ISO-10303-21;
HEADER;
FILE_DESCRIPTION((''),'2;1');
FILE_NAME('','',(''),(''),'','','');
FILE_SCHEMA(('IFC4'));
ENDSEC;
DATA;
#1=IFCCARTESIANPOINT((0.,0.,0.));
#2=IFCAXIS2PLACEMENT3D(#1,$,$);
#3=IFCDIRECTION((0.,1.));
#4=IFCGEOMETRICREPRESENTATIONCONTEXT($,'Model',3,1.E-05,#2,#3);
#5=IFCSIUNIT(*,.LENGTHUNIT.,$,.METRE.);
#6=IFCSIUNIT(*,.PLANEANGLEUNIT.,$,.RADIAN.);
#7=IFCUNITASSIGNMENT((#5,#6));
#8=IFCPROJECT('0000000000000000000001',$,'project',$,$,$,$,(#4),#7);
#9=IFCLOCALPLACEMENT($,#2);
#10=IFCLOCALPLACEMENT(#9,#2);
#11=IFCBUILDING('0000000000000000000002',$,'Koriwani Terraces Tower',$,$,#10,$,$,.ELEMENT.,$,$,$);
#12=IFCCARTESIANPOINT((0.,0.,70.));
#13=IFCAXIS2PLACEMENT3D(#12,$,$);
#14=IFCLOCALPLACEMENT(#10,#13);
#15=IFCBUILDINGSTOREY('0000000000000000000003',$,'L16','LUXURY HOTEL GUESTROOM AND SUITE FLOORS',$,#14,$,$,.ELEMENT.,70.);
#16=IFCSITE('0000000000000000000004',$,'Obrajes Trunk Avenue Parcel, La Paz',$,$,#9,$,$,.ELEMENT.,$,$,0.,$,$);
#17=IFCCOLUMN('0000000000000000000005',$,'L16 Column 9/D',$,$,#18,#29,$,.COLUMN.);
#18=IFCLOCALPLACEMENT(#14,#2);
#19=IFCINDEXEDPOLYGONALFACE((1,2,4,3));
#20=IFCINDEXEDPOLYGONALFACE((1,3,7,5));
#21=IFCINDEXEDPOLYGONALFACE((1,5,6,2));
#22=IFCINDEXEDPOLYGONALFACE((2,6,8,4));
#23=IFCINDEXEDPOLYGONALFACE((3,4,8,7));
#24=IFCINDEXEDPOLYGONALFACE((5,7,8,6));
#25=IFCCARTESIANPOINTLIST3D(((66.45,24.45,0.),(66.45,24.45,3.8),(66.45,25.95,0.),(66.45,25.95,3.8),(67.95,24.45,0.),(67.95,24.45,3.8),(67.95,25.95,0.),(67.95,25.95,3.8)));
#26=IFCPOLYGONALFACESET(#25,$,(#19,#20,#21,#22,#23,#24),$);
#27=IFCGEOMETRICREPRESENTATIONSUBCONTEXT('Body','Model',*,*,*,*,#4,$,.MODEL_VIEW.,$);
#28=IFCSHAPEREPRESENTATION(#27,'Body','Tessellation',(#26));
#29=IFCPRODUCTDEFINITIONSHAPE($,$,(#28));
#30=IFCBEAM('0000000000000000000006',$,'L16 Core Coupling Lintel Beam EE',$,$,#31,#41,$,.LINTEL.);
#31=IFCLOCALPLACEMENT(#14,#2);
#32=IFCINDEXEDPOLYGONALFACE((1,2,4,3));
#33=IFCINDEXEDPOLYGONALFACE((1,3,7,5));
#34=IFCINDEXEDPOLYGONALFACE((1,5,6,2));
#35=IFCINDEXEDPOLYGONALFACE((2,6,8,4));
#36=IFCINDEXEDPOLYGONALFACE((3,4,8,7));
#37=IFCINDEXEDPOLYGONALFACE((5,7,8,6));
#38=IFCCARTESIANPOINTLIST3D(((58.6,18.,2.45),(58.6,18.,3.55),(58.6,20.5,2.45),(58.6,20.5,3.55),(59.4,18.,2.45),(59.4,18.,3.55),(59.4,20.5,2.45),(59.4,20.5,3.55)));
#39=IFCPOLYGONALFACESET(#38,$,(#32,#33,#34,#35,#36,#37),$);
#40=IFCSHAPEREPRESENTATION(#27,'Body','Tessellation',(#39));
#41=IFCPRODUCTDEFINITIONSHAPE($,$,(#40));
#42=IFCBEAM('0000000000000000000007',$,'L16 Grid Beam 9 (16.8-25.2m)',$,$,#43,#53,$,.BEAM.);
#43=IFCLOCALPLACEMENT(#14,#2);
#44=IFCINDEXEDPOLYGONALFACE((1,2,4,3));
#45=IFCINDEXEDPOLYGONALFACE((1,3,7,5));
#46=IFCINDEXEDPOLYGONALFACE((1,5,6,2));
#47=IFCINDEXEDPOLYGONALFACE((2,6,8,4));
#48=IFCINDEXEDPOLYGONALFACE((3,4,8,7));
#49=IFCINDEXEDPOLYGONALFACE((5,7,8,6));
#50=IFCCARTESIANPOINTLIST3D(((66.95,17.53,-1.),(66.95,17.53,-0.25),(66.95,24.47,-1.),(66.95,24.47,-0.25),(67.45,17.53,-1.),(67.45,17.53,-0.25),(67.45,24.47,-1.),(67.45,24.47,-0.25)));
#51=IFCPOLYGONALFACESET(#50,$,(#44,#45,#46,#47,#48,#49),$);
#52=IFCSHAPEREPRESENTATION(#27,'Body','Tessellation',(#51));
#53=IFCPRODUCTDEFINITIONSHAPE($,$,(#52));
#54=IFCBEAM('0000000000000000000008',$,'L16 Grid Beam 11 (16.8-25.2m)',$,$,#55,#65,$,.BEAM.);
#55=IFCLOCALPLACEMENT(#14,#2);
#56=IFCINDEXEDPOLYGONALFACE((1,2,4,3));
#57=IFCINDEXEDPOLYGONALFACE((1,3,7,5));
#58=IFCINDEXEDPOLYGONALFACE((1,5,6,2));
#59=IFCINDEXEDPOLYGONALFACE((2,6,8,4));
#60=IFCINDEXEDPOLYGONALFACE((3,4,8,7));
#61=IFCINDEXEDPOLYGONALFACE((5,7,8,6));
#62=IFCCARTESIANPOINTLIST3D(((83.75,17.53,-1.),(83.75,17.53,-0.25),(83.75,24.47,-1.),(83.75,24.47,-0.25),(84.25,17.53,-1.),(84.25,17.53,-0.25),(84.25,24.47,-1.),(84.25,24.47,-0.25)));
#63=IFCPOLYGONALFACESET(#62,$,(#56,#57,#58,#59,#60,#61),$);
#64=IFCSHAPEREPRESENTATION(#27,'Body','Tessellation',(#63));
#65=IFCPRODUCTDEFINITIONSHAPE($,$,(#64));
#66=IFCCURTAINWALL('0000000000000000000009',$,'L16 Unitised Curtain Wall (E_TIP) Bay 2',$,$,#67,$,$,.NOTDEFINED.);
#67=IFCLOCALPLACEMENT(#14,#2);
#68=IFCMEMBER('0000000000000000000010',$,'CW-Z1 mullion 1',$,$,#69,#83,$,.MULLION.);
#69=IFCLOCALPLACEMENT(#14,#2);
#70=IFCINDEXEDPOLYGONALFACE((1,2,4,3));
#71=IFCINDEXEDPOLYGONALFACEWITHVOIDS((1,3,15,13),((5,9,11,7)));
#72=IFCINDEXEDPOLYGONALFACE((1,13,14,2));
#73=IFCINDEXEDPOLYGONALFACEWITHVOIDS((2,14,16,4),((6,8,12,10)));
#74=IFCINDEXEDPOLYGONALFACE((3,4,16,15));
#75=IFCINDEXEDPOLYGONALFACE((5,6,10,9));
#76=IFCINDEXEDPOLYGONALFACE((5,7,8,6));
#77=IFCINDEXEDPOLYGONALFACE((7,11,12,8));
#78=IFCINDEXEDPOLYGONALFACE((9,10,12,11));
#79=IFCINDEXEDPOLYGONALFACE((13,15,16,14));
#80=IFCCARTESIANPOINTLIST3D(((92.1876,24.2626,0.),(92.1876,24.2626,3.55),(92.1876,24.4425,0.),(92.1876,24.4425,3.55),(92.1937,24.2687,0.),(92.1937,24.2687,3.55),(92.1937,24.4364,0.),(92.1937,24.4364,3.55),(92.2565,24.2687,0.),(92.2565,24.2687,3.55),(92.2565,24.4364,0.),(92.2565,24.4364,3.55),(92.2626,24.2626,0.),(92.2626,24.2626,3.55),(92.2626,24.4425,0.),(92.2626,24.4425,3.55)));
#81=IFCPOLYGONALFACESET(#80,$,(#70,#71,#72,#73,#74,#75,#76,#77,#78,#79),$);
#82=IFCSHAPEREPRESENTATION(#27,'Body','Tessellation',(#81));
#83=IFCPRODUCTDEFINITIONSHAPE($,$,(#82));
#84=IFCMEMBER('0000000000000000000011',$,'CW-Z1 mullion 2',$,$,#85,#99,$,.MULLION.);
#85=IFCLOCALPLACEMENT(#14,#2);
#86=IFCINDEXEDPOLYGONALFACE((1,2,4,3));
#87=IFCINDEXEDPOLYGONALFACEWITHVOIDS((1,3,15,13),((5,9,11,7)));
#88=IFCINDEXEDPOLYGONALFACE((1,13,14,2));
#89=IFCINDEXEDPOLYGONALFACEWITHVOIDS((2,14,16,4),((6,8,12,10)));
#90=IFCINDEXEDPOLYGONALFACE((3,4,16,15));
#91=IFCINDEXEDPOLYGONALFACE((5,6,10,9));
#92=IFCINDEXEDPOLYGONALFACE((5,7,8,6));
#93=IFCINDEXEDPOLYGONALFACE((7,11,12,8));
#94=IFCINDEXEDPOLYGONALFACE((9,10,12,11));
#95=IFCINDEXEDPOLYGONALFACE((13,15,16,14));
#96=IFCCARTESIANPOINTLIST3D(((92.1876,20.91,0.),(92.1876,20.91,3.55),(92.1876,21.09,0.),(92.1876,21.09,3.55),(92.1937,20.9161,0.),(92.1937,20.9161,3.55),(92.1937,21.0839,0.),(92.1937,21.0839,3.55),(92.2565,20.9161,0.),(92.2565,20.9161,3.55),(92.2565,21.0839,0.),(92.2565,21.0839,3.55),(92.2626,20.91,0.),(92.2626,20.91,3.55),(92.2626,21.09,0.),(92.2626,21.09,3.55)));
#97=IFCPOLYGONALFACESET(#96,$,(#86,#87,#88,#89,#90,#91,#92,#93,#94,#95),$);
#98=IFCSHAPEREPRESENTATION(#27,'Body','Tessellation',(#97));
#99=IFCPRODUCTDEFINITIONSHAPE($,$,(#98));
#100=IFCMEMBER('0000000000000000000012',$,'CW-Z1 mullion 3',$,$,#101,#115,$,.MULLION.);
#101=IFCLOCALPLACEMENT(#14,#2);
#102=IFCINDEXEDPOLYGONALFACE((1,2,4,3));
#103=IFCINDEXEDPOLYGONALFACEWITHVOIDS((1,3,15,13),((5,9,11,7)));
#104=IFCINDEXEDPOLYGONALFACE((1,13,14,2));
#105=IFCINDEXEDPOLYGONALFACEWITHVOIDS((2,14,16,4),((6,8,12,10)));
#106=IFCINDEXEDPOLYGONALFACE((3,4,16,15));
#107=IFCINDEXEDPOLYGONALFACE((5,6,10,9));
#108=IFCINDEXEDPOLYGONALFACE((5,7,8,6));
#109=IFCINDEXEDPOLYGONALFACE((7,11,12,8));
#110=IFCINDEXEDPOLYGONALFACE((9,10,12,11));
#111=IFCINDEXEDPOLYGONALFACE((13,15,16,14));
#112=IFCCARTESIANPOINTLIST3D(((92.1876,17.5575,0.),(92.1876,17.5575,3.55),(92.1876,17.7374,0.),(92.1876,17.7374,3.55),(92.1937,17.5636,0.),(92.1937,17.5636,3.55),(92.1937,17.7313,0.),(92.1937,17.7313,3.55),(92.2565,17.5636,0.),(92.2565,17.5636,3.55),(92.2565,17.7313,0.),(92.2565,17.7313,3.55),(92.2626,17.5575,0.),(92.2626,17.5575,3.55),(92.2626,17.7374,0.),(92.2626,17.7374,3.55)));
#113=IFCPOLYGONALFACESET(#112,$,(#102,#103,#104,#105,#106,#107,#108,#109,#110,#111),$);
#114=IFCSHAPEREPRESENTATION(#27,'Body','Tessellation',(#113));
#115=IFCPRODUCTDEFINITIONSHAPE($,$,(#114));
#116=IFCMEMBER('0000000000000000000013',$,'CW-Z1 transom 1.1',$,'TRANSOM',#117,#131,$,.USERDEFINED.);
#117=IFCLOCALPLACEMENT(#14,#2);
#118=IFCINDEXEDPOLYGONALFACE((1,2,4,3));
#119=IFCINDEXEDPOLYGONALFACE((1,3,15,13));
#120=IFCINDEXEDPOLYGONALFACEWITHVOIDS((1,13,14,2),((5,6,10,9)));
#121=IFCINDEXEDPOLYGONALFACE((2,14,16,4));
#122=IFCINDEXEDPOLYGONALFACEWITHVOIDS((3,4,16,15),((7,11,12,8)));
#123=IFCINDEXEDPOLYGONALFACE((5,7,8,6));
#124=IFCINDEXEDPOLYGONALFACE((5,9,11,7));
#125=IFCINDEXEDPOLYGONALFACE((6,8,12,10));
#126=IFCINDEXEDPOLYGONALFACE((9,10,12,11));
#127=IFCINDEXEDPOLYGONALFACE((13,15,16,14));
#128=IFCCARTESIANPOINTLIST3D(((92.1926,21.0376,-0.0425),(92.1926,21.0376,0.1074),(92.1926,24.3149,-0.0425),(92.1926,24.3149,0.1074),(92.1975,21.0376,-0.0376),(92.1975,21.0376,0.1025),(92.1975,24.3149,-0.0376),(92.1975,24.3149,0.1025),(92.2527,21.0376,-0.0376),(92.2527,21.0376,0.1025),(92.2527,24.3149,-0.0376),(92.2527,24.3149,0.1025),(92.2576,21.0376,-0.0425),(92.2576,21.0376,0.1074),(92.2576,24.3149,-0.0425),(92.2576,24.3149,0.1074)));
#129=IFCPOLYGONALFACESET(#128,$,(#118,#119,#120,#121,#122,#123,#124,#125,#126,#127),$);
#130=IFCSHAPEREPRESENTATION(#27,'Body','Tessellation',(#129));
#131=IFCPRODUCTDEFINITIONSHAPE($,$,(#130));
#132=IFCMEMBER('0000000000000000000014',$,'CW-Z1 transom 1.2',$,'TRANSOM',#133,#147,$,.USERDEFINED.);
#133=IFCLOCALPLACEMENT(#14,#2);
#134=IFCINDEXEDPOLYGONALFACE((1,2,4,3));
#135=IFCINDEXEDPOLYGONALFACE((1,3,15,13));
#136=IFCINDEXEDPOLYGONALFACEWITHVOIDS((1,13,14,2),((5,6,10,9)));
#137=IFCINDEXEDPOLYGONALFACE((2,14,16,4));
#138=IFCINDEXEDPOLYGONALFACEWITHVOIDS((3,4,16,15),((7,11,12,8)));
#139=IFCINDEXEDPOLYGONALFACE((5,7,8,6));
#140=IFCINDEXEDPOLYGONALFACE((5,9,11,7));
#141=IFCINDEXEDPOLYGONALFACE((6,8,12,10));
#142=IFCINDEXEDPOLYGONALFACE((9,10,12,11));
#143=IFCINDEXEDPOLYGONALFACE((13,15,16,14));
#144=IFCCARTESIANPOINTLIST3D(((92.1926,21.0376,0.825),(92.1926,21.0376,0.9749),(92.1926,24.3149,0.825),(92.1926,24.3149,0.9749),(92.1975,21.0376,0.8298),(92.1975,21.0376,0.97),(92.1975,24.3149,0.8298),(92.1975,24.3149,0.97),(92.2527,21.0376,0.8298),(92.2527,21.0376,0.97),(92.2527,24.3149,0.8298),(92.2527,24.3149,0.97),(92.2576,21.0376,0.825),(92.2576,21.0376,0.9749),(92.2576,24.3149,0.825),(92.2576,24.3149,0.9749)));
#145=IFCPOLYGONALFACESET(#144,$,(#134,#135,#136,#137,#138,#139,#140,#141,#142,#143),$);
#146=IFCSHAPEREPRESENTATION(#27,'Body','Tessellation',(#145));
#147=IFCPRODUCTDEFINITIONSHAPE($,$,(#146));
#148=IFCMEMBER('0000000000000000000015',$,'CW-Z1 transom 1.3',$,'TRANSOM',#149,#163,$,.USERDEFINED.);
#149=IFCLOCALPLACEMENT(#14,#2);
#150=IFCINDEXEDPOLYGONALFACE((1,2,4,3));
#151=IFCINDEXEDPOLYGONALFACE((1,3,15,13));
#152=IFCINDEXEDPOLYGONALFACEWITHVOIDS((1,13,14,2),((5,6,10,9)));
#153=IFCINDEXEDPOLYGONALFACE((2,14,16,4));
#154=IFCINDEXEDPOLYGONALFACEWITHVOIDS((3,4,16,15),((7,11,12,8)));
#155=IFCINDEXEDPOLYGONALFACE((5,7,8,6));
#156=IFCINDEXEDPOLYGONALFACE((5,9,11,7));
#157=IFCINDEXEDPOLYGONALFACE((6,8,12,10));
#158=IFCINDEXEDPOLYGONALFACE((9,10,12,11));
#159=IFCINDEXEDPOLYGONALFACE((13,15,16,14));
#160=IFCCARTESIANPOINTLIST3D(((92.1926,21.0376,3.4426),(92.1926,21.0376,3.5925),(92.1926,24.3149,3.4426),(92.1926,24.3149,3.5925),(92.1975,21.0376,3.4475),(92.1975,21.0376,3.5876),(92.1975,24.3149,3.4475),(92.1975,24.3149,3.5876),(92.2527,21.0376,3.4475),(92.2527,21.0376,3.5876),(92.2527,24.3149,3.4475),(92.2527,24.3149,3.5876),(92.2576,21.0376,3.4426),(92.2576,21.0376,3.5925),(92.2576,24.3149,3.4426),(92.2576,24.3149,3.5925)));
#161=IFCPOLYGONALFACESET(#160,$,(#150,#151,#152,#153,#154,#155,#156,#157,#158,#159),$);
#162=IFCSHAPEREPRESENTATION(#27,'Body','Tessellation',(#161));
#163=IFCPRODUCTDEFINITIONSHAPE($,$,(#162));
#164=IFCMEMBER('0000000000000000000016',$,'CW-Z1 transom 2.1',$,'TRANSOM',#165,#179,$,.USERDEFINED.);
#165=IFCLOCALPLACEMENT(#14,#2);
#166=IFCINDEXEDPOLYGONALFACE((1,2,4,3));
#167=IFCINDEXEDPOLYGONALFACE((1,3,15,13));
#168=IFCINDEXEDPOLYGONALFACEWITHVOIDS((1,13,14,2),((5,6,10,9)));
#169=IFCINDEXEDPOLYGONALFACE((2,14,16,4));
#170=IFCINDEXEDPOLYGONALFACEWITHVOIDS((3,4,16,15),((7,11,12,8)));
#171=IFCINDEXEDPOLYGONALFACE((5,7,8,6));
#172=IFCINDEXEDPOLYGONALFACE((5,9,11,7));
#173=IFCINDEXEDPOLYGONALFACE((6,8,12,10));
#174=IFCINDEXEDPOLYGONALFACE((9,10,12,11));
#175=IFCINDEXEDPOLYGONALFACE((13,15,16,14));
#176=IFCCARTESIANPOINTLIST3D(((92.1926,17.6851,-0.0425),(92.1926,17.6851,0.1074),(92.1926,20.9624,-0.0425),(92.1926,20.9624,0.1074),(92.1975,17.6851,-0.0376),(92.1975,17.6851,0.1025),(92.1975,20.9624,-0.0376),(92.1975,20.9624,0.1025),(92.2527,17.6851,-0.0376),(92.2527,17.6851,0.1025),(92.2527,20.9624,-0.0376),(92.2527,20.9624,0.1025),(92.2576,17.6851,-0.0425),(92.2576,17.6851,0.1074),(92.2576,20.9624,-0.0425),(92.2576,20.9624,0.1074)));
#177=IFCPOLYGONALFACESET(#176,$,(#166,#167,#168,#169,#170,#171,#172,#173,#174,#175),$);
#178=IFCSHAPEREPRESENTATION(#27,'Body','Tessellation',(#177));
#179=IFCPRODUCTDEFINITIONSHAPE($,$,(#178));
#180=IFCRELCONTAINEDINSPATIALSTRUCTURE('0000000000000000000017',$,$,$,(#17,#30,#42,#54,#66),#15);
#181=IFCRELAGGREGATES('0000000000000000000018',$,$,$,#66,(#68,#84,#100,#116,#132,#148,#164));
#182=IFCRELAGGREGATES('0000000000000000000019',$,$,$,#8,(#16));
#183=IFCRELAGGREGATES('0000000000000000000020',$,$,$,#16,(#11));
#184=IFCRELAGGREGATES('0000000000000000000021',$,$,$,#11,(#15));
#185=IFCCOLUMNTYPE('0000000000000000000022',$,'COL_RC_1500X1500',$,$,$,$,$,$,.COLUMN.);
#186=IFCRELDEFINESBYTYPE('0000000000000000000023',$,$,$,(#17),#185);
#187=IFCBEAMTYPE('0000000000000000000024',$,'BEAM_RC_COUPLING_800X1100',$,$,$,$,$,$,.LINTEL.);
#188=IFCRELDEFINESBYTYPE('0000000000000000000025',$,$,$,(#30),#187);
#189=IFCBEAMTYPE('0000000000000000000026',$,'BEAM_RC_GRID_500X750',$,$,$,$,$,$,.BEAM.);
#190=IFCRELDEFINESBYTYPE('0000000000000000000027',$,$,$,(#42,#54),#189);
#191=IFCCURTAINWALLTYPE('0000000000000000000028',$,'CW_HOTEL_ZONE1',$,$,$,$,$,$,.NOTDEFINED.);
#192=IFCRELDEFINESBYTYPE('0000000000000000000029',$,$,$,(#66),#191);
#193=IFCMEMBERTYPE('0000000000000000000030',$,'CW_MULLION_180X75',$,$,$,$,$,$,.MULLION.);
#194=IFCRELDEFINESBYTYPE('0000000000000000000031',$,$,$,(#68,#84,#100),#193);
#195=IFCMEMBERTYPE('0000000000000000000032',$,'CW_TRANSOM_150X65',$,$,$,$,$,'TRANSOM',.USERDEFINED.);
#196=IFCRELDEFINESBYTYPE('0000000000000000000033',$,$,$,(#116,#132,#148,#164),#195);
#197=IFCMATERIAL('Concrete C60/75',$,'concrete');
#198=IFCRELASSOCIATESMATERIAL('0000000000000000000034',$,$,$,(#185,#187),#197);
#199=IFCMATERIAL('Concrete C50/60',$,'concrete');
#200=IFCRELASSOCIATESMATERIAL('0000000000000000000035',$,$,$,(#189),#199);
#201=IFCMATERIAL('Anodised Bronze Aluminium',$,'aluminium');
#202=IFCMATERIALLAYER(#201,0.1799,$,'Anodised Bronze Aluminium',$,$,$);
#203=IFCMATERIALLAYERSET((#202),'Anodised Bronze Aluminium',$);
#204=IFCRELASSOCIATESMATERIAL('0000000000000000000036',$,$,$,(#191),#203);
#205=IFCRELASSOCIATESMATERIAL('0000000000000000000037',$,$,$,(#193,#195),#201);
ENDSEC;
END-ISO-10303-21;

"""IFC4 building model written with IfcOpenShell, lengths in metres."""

from ifc_helpers import new_model, si_unit, direction, frame, origin, origin_2d, place, context, subcontext, project, spatial, rectangle, hollow_rectangle, extrude, material, layer, layer_set, material_profile, profile_set, type_object, element, aggregate, save


model = new_model("IFC4")

# Units and contexts
model_context = context("Model", 3, precision=1e-05, world=origin(), true_north=direction((0.0, 1.0)))
body_context = subcontext(model_context, "Body", "Model", "MODEL_VIEW")
ifc_project = project(units=[si_unit("LENGTHUNIT", "METRE"), si_unit("PLANEANGLEUNIT", "RADIAN")], contexts=[model_context])

# Site, building, storey
site_placement = place(None, origin())
site = spatial("IfcSite", under=ifc_project, at=site_placement, Name="Obrajes Trunk Avenue Parcel, La Paz", CompositionType="ELEMENT", RefElevation=0.0)
building_placement = place(site_placement, origin())
building = spatial("IfcBuilding", under=site, at=building_placement, Name="Koriwani Terraces Tower", CompositionType="ELEMENT")
storey_placement = place(building_placement, frame((0.0, 0.0, 70.0)))
storey = spatial("IfcBuildingStorey", under=building, at=storey_placement, Name="L16", Description="LUXURY HOTEL GUESTROOM AND SUITE FLOORS", CompositionType="ELEMENT", Elevation=70.0)

# Column
ifc_material_1 = material(Name="Concrete C60/75", Category="concrete")
ifc_material_profile_1 = material_profile(ifc_material_1, rectangle(XDim=1.5, YDim=1.5, at=origin_2d()), Name="Concrete C60/75", Category="LoadBearing")
ifc_profile_set_1 = profile_set([ifc_material_profile_1], Name="Concrete C60/75")
column_type = type_object("IfcColumnType", Name="COL_RC_1500X1500", PredefinedType="COLUMN", material=ifc_profile_set_1)
column_placement = place(storey_placement, frame((67.2, 25.2, 0.0), z_axis=(0.0, 0.0, 1.0), x_axis=(1.0, 0.0, 0.0)))
element("IfcColumn", 1, at=column_placement, inside=storey, type_object=column_type, Name="L16 Column 9/D", PredefinedType="COLUMN", context=body_context, shape_type="SweptSolid", body=[
    extrude(rectangle(XDim=1.5, YDim=1.5, at=origin_2d()), origin(), (0.0, 0.0, 1.0), 3.8),
])

# Beams
ifc_material_profile_2 = material_profile(ifc_material_1, rectangle(XDim=0.8, YDim=1.1001, at=origin_2d()), Name="Concrete C60/75", Category="LoadBearing")
ifc_profile_set_2 = profile_set([ifc_material_profile_2], Name="Concrete C60/75")
beam_type_1 = type_object("IfcBeamType", Name="BEAM_RC_COUPLING_800X1100", PredefinedType="LINTEL", material=ifc_profile_set_2)
beam_1_placement = place(storey_placement, frame((59.0, 18.0, 3.0), z_axis=(0.0, 1.0, 0.0), x_axis=(-1.0, 0.0, 0.0)))
element("IfcBeam", 2, at=beam_1_placement, inside=storey, type_object=beam_type_1, Name="L16 Core Coupling Lintel Beam EE", PredefinedType="LINTEL", context=body_context, shape_type="SweptSolid", body=[
    extrude(rectangle(XDim=0.8, YDim=1.1001, at=origin_2d()), origin(), (0.0, 0.0, 1.0), 2.5),
])
ifc_material_2 = material(Name="Concrete C50/60", Category="concrete")
ifc_material_profile_3 = material_profile(ifc_material_2, rectangle(XDim=0.5, YDim=0.75, at=origin_2d()), Name="Concrete C50/60", Category="LoadBearing")
ifc_profile_set_3 = profile_set([ifc_material_profile_3], Name="Concrete C50/60")
beam_type_2 = type_object("IfcBeamType", Name="BEAM_RC_GRID_500X750", PredefinedType="BEAM", material=ifc_profile_set_3)
for number, where, z_axis, x_axis, name in (
    (3, (67.2, 17.53, -0.625), (0.0, 1.0, 0.0), (-1.0, 0.0, 0.0), "L16 Grid Beam 9 (16.8-25.2m)"),
    (4, (84.0, 17.53, -0.625), (0.0, 1.0, 0.0), (-1.0, 0.0, 0.0), "L16 Grid Beam 11 (16.8-25.2m)"),
):
    element("IfcBeam", number, at=place(storey_placement, frame(where, z_axis=z_axis, x_axis=x_axis)), inside=storey, type_object=beam_type_2, Name=name, PredefinedType="BEAM", context=body_context, shape_type="SweptSolid", body=[
        extrude(rectangle(XDim=0.5, YDim=0.75, at=origin_2d()), origin(), (0.0, 0.0, 1.0), 6.9399),
    ])

# Curtain wall, members
ifc_material_3 = material(Name="Anodised Bronze Aluminium", Category="aluminium")
ifc_layer_1 = layer(ifc_material_3, 0.1799, Name="Anodised Bronze Aluminium")
ifc_layer_set_1 = layer_set([ifc_layer_1], Name="Anodised Bronze Aluminium")
curtain_wall_type = type_object("IfcCurtainWallType", Name="CW_HOTEL_ZONE1", PredefinedType="NOTDEFINED", material=ifc_layer_set_1)
curtain_wall_placement = place(storey_placement, origin())
curtain_wall = element("IfcCurtainWall", 5, at=curtain_wall_placement, inside=storey, type_object=curtain_wall_type, Name="L16 Unitised Curtain Wall (E_TIP) Bay 2", PredefinedType="NOTDEFINED")
ifc_material_profile_4 = material_profile(ifc_material_3, hollow_rectangle(XDim=0.075, YDim=0.1799, WallThickness=0.0061, at=origin_2d()), Name="Anodised Bronze Aluminium", Category="LoadBearing")
ifc_profile_set_4 = profile_set([ifc_material_profile_4], Name="Anodised Bronze Aluminium")
member_type_1 = type_object("IfcMemberType", Name="CW_MULLION_180X75", PredefinedType="MULLION", material=ifc_profile_set_4)
member_1_placement = place(storey_placement, frame((92.2251, 24.3525, 0.0), z_axis=(0.0, 0.0, 1.0), x_axis=(1.0, 0.0, 0.0)))
member_1 = element("IfcMember", 6, at=member_1_placement, type_object=member_type_1, Name="CW-Z1 mullion 1", PredefinedType="MULLION", context=body_context, shape_type="SweptSolid", body=[
    extrude(hollow_rectangle(XDim=0.075, YDim=0.1799, WallThickness=0.0061, at=origin_2d()), origin(), (0.0, 0.0, 1.0), 3.55),
])
member_2_placement = place(storey_placement, frame((92.2251, 21.0, 0.0), z_axis=(0.0, 0.0, 1.0), x_axis=(1.0, 0.0, 0.0)))
member_2 = element("IfcMember", 7, at=member_2_placement, type_object=member_type_1, Name="CW-Z1 mullion 2", PredefinedType="MULLION", context=body_context, shape_type="SweptSolid", body=[
    extrude(hollow_rectangle(XDim=0.075, YDim=0.1799, WallThickness=0.0061, at=origin_2d()), origin(), (0.0, 0.0, 1.0), 3.55),
])
member_3_placement = place(storey_placement, frame((92.2251, 17.6475, 0.0), z_axis=(0.0, 0.0, 1.0), x_axis=(1.0, 0.0, 0.0)))
member_3 = element("IfcMember", 8, at=member_3_placement, type_object=member_type_1, Name="CW-Z1 mullion 3", PredefinedType="MULLION", context=body_context, shape_type="SweptSolid", body=[
    extrude(hollow_rectangle(XDim=0.075, YDim=0.1799, WallThickness=0.0061, at=origin_2d()), origin(), (0.0, 0.0, 1.0), 3.55),
])
ifc_material_profile_5 = material_profile(ifc_material_3, hollow_rectangle(XDim=0.0649, YDim=0.1499, WallThickness=0.0049, at=origin_2d()), Name="Anodised Bronze Aluminium", Category="LoadBearing")
ifc_profile_set_5 = profile_set([ifc_material_profile_5], Name="Anodised Bronze Aluminium")
member_type_2 = type_object("IfcMemberType", Name="CW_TRANSOM_150X65", ElementType="TRANSOM", PredefinedType="USERDEFINED", material=ifc_profile_set_5)
member_4_placement = place(storey_placement, frame((92.2251, 24.3149, 0.0325), z_axis=(0.0, -1.0, 0.0), x_axis=(1.0, 0.0, 0.0)))
member_4 = element("IfcMember", 9, at=member_4_placement, type_object=member_type_2, Name="CW-Z1 transom 1.1", ObjectType="TRANSOM", PredefinedType="USERDEFINED", context=body_context, shape_type="SweptSolid", body=[
    extrude(hollow_rectangle(XDim=0.0649, YDim=0.1499, WallThickness=0.0049, at=origin_2d()), origin(), (0.0, 0.0, 1.0), 3.2773),
])
member_5_placement = place(storey_placement, frame((92.2251, 24.3149, 0.8999), z_axis=(0.0, -1.0, 0.0), x_axis=(1.0, 0.0, 0.0)))
member_5 = element("IfcMember", 10, at=member_5_placement, type_object=member_type_2, Name="CW-Z1 transom 1.2", ObjectType="TRANSOM", PredefinedType="USERDEFINED", context=body_context, shape_type="SweptSolid", body=[
    extrude(hollow_rectangle(XDim=0.0649, YDim=0.1499, WallThickness=0.0049, at=origin_2d()), origin(), (0.0, 0.0, 1.0), 3.2773),
])
member_6_placement = place(storey_placement, frame((92.2251, 24.3149, 3.5176), z_axis=(0.0, -1.0, 0.0), x_axis=(1.0, 0.0, 0.0)))
member_6 = element("IfcMember", 11, at=member_6_placement, type_object=member_type_2, Name="CW-Z1 transom 1.3", ObjectType="TRANSOM", PredefinedType="USERDEFINED", context=body_context, shape_type="SweptSolid", body=[
    extrude(hollow_rectangle(XDim=0.0649, YDim=0.1499, WallThickness=0.0049, at=origin_2d()), origin(), (0.0, 0.0, 1.0), 3.2773),
])
member_7_placement = place(storey_placement, frame((92.2251, 20.9624, 0.0325), z_axis=(0.0, -1.0, 0.0), x_axis=(1.0, 0.0, 0.0)))
member_7 = element("IfcMember", 12, at=member_7_placement, type_object=member_type_2, Name="CW-Z1 transom 2.1", ObjectType="TRANSOM", PredefinedType="USERDEFINED", context=body_context, shape_type="SweptSolid", body=[
    extrude(hollow_rectangle(XDim=0.0649, YDim=0.1499, WallThickness=0.0049, at=origin_2d()), origin(), (0.0, 0.0, 1.0), 3.2773),
])

aggregate(curtain_wall, [member_1, member_2, member_3, member_4, member_5, member_6, member_7])

save(model, "model.ifc")
